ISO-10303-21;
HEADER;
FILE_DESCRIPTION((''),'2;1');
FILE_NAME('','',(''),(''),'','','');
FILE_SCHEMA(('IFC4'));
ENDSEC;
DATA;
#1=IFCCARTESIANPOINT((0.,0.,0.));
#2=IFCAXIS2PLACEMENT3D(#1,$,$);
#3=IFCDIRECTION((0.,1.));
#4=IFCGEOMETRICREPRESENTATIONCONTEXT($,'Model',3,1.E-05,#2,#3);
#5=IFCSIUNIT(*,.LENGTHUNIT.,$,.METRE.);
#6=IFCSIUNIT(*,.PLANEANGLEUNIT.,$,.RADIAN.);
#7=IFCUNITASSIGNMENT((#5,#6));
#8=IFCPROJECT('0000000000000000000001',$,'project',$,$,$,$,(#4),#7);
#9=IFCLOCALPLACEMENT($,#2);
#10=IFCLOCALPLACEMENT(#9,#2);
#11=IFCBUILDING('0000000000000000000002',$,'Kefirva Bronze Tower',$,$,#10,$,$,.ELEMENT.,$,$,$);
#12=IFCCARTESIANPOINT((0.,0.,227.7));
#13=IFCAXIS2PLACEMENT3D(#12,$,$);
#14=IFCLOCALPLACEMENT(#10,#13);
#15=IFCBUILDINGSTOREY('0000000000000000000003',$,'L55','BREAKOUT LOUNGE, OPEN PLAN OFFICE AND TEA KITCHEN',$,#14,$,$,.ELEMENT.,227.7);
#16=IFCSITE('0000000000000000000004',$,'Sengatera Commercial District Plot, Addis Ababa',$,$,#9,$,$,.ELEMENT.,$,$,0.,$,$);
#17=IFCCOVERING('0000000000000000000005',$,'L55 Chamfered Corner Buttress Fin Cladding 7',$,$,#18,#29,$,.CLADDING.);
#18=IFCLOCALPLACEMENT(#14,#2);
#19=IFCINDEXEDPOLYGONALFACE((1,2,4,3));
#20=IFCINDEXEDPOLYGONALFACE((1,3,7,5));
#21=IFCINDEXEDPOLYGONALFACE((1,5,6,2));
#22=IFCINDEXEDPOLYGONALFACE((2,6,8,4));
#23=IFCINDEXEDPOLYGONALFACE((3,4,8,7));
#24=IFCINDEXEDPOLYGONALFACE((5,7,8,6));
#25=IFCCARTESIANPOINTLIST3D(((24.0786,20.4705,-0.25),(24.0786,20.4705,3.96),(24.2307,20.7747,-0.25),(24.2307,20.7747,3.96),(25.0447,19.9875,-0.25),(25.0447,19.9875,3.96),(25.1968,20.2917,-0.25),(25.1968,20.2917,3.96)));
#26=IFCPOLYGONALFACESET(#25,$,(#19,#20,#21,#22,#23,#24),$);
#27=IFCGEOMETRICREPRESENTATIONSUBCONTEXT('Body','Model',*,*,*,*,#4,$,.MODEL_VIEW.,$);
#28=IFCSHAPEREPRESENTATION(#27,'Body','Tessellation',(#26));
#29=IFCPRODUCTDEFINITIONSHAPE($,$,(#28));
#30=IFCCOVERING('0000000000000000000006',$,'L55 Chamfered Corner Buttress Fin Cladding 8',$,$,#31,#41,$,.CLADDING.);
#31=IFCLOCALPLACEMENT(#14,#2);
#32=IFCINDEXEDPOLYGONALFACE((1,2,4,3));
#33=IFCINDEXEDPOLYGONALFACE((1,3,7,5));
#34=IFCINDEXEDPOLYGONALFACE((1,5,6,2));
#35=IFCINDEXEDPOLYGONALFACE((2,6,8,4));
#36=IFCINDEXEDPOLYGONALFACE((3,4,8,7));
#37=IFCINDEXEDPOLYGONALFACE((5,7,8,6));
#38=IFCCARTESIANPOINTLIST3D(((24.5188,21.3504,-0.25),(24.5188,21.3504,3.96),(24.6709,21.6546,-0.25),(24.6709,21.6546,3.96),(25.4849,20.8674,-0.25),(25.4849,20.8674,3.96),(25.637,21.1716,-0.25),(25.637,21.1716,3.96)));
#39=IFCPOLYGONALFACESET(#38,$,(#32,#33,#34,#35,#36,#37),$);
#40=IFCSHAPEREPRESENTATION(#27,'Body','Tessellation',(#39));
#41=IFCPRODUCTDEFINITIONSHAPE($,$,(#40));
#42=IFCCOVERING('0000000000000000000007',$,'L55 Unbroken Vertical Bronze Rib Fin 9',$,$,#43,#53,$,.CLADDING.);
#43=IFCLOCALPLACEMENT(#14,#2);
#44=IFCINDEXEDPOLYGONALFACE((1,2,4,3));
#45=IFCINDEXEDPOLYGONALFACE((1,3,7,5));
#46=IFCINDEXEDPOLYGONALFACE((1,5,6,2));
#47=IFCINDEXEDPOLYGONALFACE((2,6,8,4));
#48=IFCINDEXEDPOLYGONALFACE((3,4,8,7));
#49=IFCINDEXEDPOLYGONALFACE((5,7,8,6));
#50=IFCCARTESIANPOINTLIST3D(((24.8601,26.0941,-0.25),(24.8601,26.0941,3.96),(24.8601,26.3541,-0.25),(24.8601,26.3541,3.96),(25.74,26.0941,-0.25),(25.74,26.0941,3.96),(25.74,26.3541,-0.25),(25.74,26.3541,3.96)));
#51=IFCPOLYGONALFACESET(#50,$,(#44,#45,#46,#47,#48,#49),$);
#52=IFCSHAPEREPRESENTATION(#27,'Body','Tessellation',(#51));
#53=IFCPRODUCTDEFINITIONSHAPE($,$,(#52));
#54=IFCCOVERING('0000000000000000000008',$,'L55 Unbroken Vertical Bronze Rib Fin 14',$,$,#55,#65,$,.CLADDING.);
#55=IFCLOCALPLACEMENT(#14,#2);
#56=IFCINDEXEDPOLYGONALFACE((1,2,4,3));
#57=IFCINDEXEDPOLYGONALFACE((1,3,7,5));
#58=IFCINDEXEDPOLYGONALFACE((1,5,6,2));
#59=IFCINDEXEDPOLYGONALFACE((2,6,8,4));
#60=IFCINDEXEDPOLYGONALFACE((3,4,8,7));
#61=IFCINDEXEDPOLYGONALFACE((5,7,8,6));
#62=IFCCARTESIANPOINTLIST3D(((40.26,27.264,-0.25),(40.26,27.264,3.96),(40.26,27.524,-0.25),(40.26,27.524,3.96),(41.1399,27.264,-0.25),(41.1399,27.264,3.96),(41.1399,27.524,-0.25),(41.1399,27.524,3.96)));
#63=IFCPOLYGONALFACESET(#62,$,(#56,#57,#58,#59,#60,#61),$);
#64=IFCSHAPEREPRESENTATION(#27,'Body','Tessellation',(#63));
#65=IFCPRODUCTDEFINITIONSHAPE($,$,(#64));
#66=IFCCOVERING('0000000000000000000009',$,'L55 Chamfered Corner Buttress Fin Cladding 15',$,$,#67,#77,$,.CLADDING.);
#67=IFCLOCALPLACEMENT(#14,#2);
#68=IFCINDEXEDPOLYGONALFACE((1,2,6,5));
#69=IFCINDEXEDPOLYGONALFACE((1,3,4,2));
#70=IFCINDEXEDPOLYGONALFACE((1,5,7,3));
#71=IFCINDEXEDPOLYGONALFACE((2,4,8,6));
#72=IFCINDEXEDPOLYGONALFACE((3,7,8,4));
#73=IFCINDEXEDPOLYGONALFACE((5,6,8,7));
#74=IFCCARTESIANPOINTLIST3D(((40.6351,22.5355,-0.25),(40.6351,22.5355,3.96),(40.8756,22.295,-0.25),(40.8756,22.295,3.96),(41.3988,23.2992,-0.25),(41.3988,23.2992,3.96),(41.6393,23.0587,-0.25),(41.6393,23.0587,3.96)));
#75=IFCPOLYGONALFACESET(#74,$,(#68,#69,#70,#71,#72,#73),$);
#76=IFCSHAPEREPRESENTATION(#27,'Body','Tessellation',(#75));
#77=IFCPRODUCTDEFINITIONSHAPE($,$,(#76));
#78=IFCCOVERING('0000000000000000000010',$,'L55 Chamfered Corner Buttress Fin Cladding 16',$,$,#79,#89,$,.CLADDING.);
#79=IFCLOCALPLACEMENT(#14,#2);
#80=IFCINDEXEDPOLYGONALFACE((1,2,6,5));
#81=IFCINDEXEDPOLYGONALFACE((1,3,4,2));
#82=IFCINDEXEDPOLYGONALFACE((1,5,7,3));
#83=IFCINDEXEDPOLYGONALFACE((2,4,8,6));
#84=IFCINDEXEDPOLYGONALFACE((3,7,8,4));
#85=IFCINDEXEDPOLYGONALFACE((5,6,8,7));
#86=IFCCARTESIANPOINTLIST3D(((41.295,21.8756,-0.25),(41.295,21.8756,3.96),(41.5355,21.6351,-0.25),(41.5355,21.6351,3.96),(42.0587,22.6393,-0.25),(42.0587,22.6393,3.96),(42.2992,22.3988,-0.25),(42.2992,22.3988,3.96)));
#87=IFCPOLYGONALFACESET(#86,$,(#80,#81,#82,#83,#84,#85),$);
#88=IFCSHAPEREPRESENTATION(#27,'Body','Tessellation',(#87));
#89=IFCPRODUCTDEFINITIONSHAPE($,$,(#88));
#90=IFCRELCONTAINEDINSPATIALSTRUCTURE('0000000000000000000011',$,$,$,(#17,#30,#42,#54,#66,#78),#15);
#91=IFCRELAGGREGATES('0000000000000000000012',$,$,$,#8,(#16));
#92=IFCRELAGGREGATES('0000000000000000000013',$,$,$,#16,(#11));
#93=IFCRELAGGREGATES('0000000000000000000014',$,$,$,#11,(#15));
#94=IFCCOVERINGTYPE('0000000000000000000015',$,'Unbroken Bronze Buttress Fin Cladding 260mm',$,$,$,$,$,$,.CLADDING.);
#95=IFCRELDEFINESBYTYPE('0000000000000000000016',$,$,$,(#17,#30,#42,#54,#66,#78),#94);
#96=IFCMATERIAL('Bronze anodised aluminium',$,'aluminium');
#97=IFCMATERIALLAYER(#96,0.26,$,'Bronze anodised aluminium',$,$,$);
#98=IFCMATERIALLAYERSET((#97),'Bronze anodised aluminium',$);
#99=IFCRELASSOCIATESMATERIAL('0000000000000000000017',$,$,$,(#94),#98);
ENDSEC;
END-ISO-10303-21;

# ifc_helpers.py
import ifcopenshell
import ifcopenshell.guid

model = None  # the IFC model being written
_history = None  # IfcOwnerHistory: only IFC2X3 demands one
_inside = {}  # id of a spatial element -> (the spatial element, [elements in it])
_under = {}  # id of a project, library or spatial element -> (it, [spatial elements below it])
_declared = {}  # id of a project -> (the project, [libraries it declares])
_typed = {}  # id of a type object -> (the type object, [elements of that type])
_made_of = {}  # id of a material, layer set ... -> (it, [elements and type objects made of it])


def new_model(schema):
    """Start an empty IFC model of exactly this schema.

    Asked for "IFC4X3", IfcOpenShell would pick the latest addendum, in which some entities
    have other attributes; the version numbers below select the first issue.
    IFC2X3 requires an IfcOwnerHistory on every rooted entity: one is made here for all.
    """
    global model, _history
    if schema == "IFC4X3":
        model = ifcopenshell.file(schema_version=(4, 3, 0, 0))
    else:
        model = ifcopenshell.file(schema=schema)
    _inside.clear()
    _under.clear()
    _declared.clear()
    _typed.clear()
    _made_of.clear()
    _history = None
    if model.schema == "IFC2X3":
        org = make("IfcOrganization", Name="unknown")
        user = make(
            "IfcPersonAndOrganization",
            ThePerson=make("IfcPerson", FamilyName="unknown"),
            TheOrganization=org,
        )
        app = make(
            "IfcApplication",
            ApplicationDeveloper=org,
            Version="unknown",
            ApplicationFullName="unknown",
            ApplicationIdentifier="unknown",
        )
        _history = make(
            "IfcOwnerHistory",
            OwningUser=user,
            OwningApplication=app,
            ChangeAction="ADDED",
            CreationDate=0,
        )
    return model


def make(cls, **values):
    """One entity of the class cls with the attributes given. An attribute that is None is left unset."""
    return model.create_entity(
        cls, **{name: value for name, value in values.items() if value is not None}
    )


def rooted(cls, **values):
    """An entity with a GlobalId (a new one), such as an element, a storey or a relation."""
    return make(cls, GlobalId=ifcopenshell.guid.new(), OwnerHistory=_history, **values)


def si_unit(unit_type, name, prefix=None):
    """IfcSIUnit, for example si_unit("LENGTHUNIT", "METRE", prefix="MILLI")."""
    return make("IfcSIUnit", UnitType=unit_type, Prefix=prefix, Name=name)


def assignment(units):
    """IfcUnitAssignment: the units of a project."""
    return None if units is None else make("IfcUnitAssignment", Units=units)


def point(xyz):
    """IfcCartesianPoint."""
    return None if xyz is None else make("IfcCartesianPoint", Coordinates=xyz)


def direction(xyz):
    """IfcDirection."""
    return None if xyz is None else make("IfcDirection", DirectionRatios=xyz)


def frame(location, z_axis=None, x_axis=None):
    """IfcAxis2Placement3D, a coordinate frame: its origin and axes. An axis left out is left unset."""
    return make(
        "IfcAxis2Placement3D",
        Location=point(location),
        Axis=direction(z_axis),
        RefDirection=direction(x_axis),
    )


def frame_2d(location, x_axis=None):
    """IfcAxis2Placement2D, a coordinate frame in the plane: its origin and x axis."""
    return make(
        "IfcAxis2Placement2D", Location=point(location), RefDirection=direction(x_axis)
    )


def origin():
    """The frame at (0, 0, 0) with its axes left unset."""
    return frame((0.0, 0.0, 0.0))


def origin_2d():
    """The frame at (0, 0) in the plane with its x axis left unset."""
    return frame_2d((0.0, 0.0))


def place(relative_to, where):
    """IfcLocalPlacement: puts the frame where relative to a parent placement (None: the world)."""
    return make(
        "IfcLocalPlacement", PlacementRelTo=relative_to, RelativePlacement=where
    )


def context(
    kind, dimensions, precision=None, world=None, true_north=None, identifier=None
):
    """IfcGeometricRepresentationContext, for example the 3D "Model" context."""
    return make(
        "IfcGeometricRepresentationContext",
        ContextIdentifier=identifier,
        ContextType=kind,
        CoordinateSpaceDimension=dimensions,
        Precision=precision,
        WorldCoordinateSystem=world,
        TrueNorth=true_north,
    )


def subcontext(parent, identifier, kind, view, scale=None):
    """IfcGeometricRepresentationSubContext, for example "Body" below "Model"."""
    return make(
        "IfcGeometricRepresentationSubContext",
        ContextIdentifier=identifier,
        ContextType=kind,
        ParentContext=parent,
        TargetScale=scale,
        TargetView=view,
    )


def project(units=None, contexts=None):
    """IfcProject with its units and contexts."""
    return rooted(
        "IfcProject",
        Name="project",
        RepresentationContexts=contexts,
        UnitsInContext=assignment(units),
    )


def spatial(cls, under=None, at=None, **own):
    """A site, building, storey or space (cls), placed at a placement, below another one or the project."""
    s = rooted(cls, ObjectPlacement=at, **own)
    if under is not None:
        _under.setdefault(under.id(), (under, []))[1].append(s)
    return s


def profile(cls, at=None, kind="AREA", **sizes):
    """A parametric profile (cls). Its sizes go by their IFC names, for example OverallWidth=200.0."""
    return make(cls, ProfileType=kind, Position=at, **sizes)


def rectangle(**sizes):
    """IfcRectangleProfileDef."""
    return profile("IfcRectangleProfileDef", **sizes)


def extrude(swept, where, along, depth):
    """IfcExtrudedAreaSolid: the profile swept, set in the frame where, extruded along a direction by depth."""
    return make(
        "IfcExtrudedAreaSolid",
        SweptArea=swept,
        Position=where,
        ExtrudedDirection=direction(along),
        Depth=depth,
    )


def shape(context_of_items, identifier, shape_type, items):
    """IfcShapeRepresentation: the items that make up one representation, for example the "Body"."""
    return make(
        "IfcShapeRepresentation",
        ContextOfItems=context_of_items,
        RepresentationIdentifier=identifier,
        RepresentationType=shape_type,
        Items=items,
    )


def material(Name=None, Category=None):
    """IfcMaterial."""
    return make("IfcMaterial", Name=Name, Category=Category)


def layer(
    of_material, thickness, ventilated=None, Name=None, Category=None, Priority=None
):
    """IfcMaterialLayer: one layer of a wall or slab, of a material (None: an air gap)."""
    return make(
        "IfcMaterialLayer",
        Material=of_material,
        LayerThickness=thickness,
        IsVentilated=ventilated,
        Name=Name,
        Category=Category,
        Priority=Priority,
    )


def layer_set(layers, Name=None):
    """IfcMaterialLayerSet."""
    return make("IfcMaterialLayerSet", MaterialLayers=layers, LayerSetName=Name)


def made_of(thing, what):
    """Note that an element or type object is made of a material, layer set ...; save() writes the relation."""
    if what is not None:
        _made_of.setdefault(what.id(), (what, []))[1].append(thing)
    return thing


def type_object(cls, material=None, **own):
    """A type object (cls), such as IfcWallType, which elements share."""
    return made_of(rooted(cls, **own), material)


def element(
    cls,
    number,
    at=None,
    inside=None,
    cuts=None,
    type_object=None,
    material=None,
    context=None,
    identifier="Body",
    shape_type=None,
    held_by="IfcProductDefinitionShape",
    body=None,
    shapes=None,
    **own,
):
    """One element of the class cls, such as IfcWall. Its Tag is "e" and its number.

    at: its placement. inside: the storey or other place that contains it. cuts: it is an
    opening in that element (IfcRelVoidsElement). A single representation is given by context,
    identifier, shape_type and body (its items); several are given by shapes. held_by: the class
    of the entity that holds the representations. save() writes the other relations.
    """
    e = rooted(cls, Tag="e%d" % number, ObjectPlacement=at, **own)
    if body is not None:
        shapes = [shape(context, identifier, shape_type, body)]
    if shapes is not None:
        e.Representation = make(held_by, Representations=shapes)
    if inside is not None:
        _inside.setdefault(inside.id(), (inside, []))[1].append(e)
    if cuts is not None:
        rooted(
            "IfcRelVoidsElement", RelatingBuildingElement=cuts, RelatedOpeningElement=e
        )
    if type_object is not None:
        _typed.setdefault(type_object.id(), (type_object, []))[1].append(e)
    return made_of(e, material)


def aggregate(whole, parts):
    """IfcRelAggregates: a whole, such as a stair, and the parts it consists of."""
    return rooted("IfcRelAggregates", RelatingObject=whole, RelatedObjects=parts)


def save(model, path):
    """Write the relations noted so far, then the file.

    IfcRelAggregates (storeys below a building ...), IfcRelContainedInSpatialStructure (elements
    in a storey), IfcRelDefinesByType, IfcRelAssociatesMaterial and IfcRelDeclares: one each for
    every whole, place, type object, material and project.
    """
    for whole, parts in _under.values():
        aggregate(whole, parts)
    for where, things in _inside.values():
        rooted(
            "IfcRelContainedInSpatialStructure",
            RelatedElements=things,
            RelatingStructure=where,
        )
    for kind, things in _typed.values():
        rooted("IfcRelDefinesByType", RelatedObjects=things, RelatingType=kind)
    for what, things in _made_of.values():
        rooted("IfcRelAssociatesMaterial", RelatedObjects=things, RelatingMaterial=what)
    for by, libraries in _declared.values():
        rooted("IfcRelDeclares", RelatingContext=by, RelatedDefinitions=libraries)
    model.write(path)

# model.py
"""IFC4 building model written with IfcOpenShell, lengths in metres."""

from ifc_helpers import new_model, si_unit, direction, frame, origin, origin_2d, place, context, subcontext, project, spatial, rectangle, extrude, material, layer, layer_set, type_object, element, save


model = new_model("IFC4")

# Units and contexts
model_context = context("Model", 3, precision=1e-05, world=origin(), true_north=direction((0.0, 1.0)))
body_context = subcontext(model_context, "Body", "Model", "MODEL_VIEW")
ifc_project = project(units=[si_unit("LENGTHUNIT", "METRE"), si_unit("PLANEANGLEUNIT", "RADIAN")], contexts=[model_context])

# Site, building, storey
site_placement = place(None, origin())
site = spatial("IfcSite", under=ifc_project, at=site_placement, Name="Sengatera Commercial District Plot, Addis Ababa", CompositionType="ELEMENT", RefElevation=0.0)
building_placement = place(site_placement, origin())
building = spatial("IfcBuilding", under=site, at=building_placement, Name="Kefirva Bronze Tower", CompositionType="ELEMENT")
storey_placement = place(building_placement, frame((0.0, 0.0, 227.7)))
storey = spatial("IfcBuildingStorey", under=building, at=storey_placement, Name="L55", Description="BREAKOUT LOUNGE, OPEN PLAN OFFICE AND TEA KITCHEN", CompositionType="ELEMENT", Elevation=227.7)

# Coverings
ifc_material_1 = material(Name="Bronze anodised aluminium", Category="aluminium")
ifc_layer_1 = layer(ifc_material_1, 0.26, Name="Bronze anodised aluminium")
ifc_layer_set_1 = layer_set([ifc_layer_1], Name="Bronze anodised aluminium")
covering_type_1 = type_object("IfcCoveringType", Name="Unbroken Bronze Buttress Fin Cladding 260mm", PredefinedType="CLADDING", material=ifc_layer_set_1)
for number, where, z_axis, x_axis, name in (
    (1, (24.6377, 20.3811, -0.25), (0.0, 0.0, 1.0), (0.447214, 0.894427, 0.0), "L55 Chamfered Corner Buttress Fin Cladding 7"),
    (2, (25.0779, 21.261, -0.25), (0.0, 0.0, 1.0), (0.447214, 0.894427, 0.0), "L55 Chamfered Corner Buttress Fin Cladding 8"),
):
    element("IfcCovering", number, at=place(storey_placement, frame(where, z_axis=z_axis, x_axis=x_axis)), inside=storey, type_object=covering_type_1, Name=name, PredefinedType="CLADDING", context=body_context, shape_type="SweptSolid", body=[
        extrude(rectangle(XDim=0.3401, YDim=1.0801, at=origin_2d()), origin(), (0.0, 0.0, 1.0), 4.21),
    ])
for number, where, z_axis, x_axis, name in (
    (3, (25.3, 26.2241, -0.25), (0.0, 0.0, 1.0), (0.0, 1.0, 0.0), "L55 Unbroken Vertical Bronze Rib Fin 9"),
    (4, (40.7, 27.394, -0.25), (0.0, 0.0, 1.0), (0.0, -1.0, 0.0), "L55 Unbroken Vertical Bronze Rib Fin 14"),
):
    element("IfcCovering", number, at=place(storey_placement, frame(where, z_axis=z_axis, x_axis=x_axis)), inside=storey, type_object=covering_type_1, Name=name, PredefinedType="CLADDING", context=body_context, shape_type="SweptSolid", body=[
        extrude(rectangle(XDim=0.26, YDim=0.8799, at=origin_2d()), origin(), (0.0, 0.0, 1.0), 4.21),
    ])
for number, where, z_axis, x_axis, name in (
    (5, (41.1372, 22.7971, -0.25), (0.0, 0.0, 1.0), (0.707107, -0.707107, 0.0), "L55 Chamfered Corner Buttress Fin Cladding 15"),
    (6, (41.7971, 22.1372, -0.25), (0.0, 0.0, 1.0), (0.707107, -0.707107, 0.0), "L55 Chamfered Corner Buttress Fin Cladding 16"),
):
    element("IfcCovering", number, at=place(storey_placement, frame(where, z_axis=z_axis, x_axis=x_axis)), inside=storey, type_object=covering_type_1, Name=name, PredefinedType="CLADDING", context=body_context, shape_type="SweptSolid", body=[
        extrude(rectangle(XDim=0.3401, YDim=1.0801, at=origin_2d()), origin(), (0.0, 0.0, 1.0), 4.21),
    ])

save(model, "model.ifc")
